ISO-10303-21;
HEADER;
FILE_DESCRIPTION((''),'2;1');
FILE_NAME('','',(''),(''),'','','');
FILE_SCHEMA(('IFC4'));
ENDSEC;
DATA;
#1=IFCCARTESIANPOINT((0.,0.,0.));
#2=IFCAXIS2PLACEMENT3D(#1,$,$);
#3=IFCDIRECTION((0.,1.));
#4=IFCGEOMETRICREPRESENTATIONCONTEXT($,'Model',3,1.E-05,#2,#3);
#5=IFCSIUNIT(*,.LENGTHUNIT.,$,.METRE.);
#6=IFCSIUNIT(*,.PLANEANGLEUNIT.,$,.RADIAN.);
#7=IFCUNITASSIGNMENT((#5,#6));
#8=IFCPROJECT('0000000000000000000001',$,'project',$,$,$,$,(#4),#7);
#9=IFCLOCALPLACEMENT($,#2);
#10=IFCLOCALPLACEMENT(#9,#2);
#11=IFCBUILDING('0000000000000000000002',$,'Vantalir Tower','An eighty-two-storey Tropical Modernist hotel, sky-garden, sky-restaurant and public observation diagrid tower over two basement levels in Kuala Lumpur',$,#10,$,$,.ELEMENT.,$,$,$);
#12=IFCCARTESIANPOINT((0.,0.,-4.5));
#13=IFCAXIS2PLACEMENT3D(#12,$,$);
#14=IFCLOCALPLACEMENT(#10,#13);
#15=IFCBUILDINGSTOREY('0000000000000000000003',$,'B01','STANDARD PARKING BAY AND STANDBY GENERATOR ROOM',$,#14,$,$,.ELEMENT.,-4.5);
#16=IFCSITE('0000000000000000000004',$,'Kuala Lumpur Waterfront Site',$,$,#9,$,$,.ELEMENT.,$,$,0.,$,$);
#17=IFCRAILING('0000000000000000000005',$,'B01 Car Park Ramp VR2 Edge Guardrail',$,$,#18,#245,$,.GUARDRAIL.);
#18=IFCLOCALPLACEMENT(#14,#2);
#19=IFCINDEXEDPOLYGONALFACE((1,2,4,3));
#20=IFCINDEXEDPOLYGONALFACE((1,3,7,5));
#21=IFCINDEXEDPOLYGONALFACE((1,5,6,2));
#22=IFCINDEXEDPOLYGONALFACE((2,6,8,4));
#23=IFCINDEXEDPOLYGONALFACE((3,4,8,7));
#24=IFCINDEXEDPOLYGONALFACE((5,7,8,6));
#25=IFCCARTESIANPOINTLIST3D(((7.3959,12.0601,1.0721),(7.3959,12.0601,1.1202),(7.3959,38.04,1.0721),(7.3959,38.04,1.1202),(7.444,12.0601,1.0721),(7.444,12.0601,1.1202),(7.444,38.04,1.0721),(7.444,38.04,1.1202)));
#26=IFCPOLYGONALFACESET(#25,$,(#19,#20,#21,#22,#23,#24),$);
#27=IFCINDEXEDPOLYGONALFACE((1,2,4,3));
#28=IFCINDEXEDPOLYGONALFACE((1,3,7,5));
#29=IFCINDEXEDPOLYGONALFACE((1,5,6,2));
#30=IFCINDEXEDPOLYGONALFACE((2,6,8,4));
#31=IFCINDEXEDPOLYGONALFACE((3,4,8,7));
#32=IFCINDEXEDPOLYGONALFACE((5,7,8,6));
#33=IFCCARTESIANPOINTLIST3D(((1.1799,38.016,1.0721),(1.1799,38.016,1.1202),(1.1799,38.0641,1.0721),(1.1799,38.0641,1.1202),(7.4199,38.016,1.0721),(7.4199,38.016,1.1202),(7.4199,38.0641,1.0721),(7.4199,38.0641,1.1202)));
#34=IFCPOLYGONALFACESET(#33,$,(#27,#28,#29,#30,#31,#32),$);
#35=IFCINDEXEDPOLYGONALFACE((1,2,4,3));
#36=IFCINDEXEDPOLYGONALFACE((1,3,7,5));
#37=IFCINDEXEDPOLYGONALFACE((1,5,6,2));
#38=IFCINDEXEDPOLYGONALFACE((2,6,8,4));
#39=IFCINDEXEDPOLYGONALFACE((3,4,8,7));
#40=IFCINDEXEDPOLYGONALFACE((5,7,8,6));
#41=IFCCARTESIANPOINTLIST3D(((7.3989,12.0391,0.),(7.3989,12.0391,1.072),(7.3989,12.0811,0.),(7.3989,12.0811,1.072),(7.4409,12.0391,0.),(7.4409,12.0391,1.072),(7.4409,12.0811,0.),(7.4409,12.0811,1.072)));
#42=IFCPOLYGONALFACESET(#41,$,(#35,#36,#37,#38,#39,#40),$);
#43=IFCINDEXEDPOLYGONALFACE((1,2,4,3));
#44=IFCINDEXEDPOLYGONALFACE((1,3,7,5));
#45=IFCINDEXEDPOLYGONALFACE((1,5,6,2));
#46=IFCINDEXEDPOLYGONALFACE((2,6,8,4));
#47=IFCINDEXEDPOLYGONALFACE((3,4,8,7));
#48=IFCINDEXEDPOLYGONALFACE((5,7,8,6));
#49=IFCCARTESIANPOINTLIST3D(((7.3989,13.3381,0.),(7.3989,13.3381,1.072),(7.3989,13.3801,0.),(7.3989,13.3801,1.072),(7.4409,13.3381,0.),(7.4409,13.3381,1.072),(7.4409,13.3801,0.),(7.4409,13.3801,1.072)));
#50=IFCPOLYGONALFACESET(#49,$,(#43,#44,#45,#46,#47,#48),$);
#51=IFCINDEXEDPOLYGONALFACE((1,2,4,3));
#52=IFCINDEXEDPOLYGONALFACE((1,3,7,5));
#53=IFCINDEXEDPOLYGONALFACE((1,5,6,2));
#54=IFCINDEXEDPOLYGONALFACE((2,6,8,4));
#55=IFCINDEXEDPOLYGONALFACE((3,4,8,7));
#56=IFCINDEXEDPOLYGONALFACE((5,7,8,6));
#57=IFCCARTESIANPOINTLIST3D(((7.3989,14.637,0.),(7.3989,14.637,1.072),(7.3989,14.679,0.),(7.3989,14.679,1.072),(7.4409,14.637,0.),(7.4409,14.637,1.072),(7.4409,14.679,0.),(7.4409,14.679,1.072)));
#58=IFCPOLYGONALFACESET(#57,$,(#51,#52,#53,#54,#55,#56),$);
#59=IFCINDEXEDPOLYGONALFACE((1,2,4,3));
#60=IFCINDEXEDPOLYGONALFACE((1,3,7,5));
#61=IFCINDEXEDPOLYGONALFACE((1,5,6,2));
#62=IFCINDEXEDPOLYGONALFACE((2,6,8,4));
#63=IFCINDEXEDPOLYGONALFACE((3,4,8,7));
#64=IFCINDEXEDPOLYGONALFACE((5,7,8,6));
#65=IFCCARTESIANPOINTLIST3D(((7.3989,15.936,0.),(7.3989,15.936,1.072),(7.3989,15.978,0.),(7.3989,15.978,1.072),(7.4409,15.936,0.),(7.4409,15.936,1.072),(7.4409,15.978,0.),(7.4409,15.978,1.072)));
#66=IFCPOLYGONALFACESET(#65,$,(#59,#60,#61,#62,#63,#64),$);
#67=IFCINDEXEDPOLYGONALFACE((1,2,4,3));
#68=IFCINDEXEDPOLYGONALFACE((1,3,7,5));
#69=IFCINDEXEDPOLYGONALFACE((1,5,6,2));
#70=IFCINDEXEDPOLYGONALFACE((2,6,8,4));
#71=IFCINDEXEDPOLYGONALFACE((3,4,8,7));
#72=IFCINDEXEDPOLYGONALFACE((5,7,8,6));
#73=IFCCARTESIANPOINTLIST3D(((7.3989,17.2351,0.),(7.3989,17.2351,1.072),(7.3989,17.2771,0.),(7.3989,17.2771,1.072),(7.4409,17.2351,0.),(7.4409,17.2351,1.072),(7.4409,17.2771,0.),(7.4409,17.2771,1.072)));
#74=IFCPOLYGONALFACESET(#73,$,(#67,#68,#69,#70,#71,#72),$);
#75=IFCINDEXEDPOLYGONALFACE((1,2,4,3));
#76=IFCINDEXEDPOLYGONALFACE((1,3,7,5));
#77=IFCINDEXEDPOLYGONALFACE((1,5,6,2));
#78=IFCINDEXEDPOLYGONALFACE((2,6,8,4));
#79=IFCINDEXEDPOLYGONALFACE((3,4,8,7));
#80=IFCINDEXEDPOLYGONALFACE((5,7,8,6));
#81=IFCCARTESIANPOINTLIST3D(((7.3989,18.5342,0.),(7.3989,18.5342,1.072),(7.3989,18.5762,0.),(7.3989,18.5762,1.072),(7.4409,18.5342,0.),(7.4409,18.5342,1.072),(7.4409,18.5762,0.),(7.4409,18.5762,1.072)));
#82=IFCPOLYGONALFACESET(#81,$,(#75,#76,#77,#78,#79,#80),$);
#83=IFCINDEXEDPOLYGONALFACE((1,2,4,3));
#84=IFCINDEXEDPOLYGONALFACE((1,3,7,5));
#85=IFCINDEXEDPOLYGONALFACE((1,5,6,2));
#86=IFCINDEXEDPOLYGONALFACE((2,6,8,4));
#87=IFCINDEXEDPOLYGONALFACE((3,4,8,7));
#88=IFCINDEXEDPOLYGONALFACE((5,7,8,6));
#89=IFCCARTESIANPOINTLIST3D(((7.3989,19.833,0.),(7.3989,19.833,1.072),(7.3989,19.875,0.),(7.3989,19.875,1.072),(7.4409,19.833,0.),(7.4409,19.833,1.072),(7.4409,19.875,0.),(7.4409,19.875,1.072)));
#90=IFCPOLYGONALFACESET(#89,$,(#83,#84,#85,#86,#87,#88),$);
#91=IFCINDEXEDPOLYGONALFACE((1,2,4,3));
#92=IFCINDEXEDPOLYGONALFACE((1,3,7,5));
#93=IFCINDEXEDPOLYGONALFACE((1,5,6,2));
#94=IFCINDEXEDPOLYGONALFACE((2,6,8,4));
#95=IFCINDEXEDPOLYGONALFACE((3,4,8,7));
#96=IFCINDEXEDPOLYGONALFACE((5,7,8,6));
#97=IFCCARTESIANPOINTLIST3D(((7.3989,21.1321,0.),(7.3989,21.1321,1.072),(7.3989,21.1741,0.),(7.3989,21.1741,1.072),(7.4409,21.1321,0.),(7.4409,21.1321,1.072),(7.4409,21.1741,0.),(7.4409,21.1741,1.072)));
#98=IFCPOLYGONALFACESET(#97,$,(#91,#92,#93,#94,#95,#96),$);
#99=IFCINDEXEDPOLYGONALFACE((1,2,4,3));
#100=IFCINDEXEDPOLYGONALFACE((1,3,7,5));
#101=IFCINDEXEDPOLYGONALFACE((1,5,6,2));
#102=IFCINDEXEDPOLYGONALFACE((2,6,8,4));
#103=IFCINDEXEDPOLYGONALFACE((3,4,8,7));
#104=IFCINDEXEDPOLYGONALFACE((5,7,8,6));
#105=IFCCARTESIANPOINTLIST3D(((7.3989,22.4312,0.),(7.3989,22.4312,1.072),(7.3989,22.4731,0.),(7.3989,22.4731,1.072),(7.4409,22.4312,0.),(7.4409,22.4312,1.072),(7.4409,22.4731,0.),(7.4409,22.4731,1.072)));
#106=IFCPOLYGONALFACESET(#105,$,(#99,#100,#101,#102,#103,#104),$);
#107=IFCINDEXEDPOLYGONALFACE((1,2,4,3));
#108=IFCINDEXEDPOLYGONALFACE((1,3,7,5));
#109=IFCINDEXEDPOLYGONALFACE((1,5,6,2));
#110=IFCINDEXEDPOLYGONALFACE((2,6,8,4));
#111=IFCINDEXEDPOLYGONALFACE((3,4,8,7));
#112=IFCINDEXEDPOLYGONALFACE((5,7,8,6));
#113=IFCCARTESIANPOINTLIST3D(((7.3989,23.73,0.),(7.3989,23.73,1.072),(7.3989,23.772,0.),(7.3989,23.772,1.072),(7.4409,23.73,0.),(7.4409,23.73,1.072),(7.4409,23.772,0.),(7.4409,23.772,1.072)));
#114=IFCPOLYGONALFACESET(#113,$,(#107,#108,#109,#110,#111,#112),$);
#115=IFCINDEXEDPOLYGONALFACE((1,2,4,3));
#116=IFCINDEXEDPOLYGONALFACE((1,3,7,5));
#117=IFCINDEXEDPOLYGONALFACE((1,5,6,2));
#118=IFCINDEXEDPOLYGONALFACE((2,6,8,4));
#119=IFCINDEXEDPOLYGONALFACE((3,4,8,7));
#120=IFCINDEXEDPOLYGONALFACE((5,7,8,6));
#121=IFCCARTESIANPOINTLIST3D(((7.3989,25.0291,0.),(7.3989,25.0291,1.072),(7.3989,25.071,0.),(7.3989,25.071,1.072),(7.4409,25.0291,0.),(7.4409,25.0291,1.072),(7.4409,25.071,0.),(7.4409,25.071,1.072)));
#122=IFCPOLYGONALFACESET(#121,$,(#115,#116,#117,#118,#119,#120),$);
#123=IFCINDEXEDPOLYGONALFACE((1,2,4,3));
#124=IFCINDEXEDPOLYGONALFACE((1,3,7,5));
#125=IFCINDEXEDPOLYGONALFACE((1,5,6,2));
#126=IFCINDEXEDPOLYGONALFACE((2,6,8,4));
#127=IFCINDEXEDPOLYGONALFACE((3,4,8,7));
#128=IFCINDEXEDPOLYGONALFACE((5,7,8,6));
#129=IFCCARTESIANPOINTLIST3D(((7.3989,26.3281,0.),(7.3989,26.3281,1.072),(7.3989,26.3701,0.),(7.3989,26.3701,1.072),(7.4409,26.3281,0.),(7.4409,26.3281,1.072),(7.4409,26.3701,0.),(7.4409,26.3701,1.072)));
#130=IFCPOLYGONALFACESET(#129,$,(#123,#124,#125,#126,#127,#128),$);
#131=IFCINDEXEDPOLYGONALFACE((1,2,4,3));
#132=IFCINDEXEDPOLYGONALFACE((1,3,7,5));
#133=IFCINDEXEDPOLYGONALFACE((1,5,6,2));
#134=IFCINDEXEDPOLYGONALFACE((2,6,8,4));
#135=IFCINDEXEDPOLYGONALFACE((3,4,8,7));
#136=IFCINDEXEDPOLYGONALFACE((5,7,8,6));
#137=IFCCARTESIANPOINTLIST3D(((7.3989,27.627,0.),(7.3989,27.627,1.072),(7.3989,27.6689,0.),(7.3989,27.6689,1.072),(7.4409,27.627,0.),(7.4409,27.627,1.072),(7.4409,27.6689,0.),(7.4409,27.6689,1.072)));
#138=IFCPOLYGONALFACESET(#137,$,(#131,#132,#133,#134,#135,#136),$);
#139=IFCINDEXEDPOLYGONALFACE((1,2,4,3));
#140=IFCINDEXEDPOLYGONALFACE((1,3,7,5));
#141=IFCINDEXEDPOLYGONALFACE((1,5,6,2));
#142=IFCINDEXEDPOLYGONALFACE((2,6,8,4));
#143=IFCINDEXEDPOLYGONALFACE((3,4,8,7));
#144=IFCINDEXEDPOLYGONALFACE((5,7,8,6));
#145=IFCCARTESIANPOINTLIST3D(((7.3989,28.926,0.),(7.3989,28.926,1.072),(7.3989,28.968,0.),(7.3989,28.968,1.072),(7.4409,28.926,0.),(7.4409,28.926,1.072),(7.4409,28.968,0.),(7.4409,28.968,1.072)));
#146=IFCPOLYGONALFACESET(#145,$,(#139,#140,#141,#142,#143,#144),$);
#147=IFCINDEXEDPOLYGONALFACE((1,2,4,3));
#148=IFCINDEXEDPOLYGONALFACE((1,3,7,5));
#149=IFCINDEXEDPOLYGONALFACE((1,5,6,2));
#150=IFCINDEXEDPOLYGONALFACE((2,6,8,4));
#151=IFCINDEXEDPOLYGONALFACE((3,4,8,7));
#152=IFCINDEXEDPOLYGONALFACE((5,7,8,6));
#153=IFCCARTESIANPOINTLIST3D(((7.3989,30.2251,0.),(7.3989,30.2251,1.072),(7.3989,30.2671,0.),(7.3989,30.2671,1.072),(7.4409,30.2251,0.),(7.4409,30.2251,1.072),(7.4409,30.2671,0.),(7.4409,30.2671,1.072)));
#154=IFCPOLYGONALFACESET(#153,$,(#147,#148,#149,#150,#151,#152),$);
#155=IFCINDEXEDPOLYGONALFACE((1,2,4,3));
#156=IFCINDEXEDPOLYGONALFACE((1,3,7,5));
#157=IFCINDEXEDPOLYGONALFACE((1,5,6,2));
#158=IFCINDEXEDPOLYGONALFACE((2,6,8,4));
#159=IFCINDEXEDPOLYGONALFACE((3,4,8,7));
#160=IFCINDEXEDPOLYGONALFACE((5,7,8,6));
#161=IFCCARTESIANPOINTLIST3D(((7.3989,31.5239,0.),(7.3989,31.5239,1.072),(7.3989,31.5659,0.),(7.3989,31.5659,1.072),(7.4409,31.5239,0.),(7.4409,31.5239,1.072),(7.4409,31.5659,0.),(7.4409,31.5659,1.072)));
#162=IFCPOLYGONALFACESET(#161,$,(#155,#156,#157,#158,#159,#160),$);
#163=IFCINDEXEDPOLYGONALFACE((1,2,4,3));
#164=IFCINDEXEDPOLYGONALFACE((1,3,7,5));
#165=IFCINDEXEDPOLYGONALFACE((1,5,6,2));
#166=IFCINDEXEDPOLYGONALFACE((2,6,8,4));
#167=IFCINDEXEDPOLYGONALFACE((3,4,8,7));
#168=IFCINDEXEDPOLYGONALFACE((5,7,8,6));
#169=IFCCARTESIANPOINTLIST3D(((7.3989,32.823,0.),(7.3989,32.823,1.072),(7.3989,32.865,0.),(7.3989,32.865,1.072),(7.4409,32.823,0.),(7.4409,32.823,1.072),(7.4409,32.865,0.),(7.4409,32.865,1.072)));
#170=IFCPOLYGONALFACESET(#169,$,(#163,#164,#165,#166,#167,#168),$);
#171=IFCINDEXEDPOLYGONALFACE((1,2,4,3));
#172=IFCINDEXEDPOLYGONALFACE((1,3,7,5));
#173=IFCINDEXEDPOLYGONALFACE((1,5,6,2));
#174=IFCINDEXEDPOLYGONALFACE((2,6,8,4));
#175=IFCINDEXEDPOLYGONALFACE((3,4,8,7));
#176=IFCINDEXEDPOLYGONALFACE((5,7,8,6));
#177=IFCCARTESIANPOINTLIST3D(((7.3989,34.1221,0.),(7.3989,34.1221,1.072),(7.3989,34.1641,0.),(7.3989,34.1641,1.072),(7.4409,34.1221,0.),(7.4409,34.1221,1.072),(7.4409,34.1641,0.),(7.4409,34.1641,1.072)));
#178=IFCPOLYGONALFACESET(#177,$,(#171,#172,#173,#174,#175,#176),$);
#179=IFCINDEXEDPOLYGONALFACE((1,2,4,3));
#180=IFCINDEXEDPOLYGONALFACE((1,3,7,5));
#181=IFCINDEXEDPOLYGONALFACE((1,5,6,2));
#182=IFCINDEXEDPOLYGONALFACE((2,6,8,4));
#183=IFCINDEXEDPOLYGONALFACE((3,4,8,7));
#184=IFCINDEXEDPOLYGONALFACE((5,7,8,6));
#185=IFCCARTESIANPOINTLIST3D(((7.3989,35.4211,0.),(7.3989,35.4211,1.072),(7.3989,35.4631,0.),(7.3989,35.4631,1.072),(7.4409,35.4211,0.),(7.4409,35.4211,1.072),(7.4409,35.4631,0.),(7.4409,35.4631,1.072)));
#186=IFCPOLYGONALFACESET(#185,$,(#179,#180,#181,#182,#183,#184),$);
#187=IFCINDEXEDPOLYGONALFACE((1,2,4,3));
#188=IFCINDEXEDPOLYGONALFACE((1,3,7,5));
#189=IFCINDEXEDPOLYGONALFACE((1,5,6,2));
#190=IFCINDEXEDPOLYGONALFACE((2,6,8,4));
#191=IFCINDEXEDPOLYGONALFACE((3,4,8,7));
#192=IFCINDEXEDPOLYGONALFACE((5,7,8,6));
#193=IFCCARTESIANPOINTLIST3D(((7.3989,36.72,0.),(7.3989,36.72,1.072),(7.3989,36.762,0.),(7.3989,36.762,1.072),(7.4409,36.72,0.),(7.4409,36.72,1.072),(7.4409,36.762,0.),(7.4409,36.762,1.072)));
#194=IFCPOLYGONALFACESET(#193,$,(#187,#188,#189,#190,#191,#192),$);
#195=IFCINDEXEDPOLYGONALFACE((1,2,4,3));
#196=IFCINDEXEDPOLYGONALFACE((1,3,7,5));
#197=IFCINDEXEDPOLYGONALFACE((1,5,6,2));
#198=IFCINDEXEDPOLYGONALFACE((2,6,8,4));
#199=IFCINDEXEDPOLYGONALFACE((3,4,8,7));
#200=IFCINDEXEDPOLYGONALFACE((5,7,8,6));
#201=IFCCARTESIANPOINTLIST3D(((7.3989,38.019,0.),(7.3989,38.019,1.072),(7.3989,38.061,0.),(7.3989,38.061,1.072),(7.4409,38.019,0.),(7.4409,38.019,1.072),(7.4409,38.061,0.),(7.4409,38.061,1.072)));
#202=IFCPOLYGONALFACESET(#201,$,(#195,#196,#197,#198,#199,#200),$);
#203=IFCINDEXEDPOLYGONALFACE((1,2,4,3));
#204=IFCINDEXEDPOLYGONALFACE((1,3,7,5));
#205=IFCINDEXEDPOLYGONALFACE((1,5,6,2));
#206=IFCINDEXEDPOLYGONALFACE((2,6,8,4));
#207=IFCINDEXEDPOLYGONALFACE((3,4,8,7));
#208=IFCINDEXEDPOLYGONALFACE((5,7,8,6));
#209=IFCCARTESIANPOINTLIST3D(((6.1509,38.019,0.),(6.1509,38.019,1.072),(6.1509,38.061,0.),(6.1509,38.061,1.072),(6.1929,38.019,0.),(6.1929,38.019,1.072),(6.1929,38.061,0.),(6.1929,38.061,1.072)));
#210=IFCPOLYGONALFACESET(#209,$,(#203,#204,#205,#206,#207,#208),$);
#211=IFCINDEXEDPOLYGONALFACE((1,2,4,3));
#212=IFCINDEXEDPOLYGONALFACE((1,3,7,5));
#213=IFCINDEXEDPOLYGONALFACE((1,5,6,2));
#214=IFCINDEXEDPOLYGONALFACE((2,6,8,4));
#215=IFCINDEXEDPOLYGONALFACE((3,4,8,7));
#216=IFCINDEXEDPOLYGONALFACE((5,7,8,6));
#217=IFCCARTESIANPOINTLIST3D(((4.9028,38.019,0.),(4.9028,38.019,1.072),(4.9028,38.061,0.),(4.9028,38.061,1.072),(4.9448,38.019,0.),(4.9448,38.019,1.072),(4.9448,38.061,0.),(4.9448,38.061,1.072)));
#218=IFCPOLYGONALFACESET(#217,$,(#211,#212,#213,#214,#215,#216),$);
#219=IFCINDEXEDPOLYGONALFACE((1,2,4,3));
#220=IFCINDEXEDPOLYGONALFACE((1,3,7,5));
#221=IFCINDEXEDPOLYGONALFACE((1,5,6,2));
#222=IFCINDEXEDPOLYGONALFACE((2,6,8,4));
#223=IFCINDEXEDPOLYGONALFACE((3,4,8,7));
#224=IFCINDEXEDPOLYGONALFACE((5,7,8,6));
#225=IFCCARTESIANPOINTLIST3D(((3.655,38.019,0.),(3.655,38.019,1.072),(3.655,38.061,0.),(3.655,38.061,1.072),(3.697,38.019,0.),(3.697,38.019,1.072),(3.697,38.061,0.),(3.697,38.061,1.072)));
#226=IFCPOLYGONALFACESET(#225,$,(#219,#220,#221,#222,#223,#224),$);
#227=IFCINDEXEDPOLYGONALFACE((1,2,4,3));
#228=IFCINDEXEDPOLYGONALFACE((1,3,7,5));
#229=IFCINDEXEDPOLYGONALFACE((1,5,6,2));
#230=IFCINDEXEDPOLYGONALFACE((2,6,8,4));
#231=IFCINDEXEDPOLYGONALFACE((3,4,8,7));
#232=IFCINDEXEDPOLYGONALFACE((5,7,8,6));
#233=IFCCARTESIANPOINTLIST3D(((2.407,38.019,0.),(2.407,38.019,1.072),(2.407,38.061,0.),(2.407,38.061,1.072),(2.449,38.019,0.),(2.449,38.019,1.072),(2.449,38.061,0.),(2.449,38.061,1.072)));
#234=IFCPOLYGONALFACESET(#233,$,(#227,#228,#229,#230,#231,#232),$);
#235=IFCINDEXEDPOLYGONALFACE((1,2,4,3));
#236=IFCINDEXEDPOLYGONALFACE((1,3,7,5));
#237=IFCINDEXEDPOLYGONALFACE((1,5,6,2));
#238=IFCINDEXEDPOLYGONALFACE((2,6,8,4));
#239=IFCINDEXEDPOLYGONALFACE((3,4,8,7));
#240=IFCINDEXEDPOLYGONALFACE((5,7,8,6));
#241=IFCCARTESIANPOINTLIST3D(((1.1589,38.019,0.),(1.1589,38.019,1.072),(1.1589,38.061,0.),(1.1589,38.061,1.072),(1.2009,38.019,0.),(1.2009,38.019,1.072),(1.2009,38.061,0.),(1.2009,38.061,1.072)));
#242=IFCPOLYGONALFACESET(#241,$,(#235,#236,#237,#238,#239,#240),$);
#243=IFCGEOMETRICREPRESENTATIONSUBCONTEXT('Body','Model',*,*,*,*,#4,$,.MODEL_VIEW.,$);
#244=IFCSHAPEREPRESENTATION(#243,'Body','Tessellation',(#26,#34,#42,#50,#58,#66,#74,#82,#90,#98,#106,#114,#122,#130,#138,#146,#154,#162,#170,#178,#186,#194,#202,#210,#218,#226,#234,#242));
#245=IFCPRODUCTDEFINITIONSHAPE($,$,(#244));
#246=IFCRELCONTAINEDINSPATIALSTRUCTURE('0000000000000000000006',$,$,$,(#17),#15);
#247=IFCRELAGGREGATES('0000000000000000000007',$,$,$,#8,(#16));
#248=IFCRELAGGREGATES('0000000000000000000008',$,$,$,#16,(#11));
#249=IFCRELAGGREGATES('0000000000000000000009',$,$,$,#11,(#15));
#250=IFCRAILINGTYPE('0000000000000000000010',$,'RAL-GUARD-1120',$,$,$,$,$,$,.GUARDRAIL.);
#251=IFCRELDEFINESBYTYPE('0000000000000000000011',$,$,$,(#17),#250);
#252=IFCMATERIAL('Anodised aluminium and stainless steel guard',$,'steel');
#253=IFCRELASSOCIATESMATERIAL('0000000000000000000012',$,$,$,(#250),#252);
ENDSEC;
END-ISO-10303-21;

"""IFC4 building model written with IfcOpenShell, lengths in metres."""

from ifc_helpers import new_model, si_unit, direction, frame, origin, origin_2d, place, context, subcontext, project, spatial, rectangle, extrude, material, type_object, element, save


model = new_model("IFC4")

# Units and contexts
model_context = context("Model", 3, precision=1e-05, world=origin(), true_north=direction((0.0, 1.0)))
body_context = subcontext(model_context, "Body", "Model", "MODEL_VIEW")
ifc_project = project(units=[si_unit("LENGTHUNIT", "METRE"), si_unit("PLANEANGLEUNIT", "RADIAN")], contexts=[model_context])

# Site, building, storey
site_placement = place(None, origin())
site = spatial("IfcSite", under=ifc_project, at=site_placement, Name="Kuala Lumpur Waterfront Site", CompositionType="ELEMENT", RefElevation=0.0)
building_placement = place(site_placement, origin())
building = spatial("IfcBuilding", under=site, at=building_placement, Name="Vantalir Tower", Description="An eighty-two-storey Tropical Modernist hotel, sky-garden, sky-restaurant and public observation diagrid tower over two basement levels in Kuala Lumpur", CompositionType="ELEMENT")
storey_placement = place(building_placement, frame((0.0, 0.0, -4.5)))
storey = spatial("IfcBuildingStorey", under=building, at=storey_placement, Name="B01", Description="STANDARD PARKING BAY AND STANDBY GENERATOR ROOM", CompositionType="ELEMENT", Elevation=-4.5)

# Railing
ifc_material_1 = material(Name="Anodised aluminium and stainless steel guard", Category="steel")
railing_type_1 = type_object("IfcRailingType", Name="RAL-GUARD-1120", PredefinedType="GUARDRAIL", material=ifc_material_1)
railing_1_placement = place(storey_placement, frame((7.4199, 12.0601, 0.0)))
element("IfcRailing", 1, at=railing_1_placement, inside=storey, type_object=railing_type_1, Name="B01 Car Park Ramp VR2 Edge Guardrail", PredefinedType="GUARDRAIL", context=body_context, shape_type="SweptSolid", body=[
    extrude(rectangle(XDim=0.0481, YDim=0.0481, at=origin_2d()), frame((0.0, 0.0, 1.0962), z_axis=(0.0, 1.0, 0.0), x_axis=(-1.0, 0.0, 0.0)), (0.0, 0.0, 1.0), 25.98),
    extrude(rectangle(XDim=0.0481, YDim=0.0481, at=origin_2d()), frame((0.0, 25.98, 1.0962), z_axis=(-1.0, 0.0, 0.0), x_axis=(0.0, -1.0, 0.0)), (0.0, 0.0, 1.0), 6.24),
    extrude(rectangle(XDim=0.042, YDim=0.042, at=origin_2d()), origin(), (0.0, 0.0, 1.0), 1.072),
    extrude(rectangle(XDim=0.042, YDim=0.042, at=origin_2d()), frame((0.0, 1.2991, 0.0)), (0.0, 0.0, 1.0), 1.072),
    extrude(rectangle(XDim=0.042, YDim=0.042, at=origin_2d()), frame((0.0, 2.5979, 0.0)), (0.0, 0.0, 1.0), 1.072),
    extrude(rectangle(XDim=0.042, YDim=0.042, at=origin_2d()), frame((0.0, 3.897, 0.0)), (0.0, 0.0, 1.0), 1.072),
    extrude(rectangle(XDim=0.042, YDim=0.042, at=origin_2d()), frame((0.0, 5.196, 0.0)), (0.0, 0.0, 1.0), 1.072),
    extrude(rectangle(XDim=0.042, YDim=0.042, at=origin_2d()), frame((0.0, 6.4951, 0.0)), (0.0, 0.0, 1.0), 1.072),
    extrude(rectangle(XDim=0.042, YDim=0.042, at=origin_2d()), frame((0.0, 7.7939, 0.0)), (0.0, 0.0, 1.0), 1.072),
    extrude(rectangle(XDim=0.042, YDim=0.042, at=origin_2d()), frame((0.0, 9.093, 0.0)), (0.0, 0.0, 1.0), 1.072),
    extrude(rectangle(XDim=0.042, YDim=0.042, at=origin_2d()), frame((0.0, 10.3921, 0.0)), (0.0, 0.0, 1.0), 1.072),
    extrude(rectangle(XDim=0.042, YDim=0.042, at=origin_2d()), frame((0.0, 11.6909, 0.0)), (0.0, 0.0, 1.0), 1.072),
    extrude(rectangle(XDim=0.042, YDim=0.042, at=origin_2d()), frame((0.0, 12.99, 0.0)), (0.0, 0.0, 1.0), 1.072),
    extrude(rectangle(XDim=0.042, YDim=0.042, at=origin_2d()), frame((0.0, 14.2891, 0.0)), (0.0, 0.0, 1.0), 1.072),
    extrude(rectangle(XDim=0.042, YDim=0.042, at=origin_2d()), frame((0.0, 15.5879, 0.0)), (0.0, 0.0, 1.0), 1.072),
    extrude(rectangle(XDim=0.042, YDim=0.042, at=origin_2d()), frame((0.0, 16.887, 0.0)), (0.0, 0.0, 1.0), 1.072),
    extrude(rectangle(XDim=0.042, YDim=0.042, at=origin_2d()), frame((0.0, 18.186, 0.0)), (0.0, 0.0, 1.0), 1.072),
    extrude(rectangle(XDim=0.042, YDim=0.042, at=origin_2d()), frame((0.0, 19.4849, 0.0)), (0.0, 0.0, 1.0), 1.072),
    extrude(rectangle(XDim=0.042, YDim=0.042, at=origin_2d()), frame((0.0, 20.7839, 0.0)), (0.0, 0.0, 1.0), 1.072),
    extrude(rectangle(XDim=0.042, YDim=0.042, at=origin_2d()), frame((0.0, 22.083, 0.0)), (0.0, 0.0, 1.0), 1.072),
    extrude(rectangle(XDim=0.042, YDim=0.042, at=origin_2d()), frame((0.0, 23.3821, 0.0)), (0.0, 0.0, 1.0), 1.072),
    extrude(rectangle(XDim=0.042, YDim=0.042, at=origin_2d()), frame((0.0, 24.6809, 0.0)), (0.0, 0.0, 1.0), 1.072),
    extrude(rectangle(XDim=0.042, YDim=0.042, at=origin_2d()), frame((0.0, 25.98, 0.0)), (0.0, 0.0, 1.0), 1.072),
    extrude(rectangle(XDim=0.042, YDim=0.042, at=origin_2d()), frame((-1.248, 25.98, 0.0)), (0.0, 0.0, 1.0), 1.072),
    extrude(rectangle(XDim=0.042, YDim=0.042, at=origin_2d()), frame((-2.4961, 25.98, 0.0)), (0.0, 0.0, 1.0), 1.072),
    extrude(rectangle(XDim=0.042, YDim=0.042, at=origin_2d()), frame((-3.7439, 25.98, 0.0)), (0.0, 0.0, 1.0), 1.072),
    extrude(rectangle(XDim=0.042, YDim=0.042, at=origin_2d()), frame((-4.9919, 25.98, 0.0)), (0.0, 0.0, 1.0), 1.072),
    extrude(rectangle(XDim=0.042, YDim=0.042, at=origin_2d()), frame((-6.24, 25.98, 0.0)), (0.0, 0.0, 1.0), 1.072),
])

save(model, "model.ifc")
